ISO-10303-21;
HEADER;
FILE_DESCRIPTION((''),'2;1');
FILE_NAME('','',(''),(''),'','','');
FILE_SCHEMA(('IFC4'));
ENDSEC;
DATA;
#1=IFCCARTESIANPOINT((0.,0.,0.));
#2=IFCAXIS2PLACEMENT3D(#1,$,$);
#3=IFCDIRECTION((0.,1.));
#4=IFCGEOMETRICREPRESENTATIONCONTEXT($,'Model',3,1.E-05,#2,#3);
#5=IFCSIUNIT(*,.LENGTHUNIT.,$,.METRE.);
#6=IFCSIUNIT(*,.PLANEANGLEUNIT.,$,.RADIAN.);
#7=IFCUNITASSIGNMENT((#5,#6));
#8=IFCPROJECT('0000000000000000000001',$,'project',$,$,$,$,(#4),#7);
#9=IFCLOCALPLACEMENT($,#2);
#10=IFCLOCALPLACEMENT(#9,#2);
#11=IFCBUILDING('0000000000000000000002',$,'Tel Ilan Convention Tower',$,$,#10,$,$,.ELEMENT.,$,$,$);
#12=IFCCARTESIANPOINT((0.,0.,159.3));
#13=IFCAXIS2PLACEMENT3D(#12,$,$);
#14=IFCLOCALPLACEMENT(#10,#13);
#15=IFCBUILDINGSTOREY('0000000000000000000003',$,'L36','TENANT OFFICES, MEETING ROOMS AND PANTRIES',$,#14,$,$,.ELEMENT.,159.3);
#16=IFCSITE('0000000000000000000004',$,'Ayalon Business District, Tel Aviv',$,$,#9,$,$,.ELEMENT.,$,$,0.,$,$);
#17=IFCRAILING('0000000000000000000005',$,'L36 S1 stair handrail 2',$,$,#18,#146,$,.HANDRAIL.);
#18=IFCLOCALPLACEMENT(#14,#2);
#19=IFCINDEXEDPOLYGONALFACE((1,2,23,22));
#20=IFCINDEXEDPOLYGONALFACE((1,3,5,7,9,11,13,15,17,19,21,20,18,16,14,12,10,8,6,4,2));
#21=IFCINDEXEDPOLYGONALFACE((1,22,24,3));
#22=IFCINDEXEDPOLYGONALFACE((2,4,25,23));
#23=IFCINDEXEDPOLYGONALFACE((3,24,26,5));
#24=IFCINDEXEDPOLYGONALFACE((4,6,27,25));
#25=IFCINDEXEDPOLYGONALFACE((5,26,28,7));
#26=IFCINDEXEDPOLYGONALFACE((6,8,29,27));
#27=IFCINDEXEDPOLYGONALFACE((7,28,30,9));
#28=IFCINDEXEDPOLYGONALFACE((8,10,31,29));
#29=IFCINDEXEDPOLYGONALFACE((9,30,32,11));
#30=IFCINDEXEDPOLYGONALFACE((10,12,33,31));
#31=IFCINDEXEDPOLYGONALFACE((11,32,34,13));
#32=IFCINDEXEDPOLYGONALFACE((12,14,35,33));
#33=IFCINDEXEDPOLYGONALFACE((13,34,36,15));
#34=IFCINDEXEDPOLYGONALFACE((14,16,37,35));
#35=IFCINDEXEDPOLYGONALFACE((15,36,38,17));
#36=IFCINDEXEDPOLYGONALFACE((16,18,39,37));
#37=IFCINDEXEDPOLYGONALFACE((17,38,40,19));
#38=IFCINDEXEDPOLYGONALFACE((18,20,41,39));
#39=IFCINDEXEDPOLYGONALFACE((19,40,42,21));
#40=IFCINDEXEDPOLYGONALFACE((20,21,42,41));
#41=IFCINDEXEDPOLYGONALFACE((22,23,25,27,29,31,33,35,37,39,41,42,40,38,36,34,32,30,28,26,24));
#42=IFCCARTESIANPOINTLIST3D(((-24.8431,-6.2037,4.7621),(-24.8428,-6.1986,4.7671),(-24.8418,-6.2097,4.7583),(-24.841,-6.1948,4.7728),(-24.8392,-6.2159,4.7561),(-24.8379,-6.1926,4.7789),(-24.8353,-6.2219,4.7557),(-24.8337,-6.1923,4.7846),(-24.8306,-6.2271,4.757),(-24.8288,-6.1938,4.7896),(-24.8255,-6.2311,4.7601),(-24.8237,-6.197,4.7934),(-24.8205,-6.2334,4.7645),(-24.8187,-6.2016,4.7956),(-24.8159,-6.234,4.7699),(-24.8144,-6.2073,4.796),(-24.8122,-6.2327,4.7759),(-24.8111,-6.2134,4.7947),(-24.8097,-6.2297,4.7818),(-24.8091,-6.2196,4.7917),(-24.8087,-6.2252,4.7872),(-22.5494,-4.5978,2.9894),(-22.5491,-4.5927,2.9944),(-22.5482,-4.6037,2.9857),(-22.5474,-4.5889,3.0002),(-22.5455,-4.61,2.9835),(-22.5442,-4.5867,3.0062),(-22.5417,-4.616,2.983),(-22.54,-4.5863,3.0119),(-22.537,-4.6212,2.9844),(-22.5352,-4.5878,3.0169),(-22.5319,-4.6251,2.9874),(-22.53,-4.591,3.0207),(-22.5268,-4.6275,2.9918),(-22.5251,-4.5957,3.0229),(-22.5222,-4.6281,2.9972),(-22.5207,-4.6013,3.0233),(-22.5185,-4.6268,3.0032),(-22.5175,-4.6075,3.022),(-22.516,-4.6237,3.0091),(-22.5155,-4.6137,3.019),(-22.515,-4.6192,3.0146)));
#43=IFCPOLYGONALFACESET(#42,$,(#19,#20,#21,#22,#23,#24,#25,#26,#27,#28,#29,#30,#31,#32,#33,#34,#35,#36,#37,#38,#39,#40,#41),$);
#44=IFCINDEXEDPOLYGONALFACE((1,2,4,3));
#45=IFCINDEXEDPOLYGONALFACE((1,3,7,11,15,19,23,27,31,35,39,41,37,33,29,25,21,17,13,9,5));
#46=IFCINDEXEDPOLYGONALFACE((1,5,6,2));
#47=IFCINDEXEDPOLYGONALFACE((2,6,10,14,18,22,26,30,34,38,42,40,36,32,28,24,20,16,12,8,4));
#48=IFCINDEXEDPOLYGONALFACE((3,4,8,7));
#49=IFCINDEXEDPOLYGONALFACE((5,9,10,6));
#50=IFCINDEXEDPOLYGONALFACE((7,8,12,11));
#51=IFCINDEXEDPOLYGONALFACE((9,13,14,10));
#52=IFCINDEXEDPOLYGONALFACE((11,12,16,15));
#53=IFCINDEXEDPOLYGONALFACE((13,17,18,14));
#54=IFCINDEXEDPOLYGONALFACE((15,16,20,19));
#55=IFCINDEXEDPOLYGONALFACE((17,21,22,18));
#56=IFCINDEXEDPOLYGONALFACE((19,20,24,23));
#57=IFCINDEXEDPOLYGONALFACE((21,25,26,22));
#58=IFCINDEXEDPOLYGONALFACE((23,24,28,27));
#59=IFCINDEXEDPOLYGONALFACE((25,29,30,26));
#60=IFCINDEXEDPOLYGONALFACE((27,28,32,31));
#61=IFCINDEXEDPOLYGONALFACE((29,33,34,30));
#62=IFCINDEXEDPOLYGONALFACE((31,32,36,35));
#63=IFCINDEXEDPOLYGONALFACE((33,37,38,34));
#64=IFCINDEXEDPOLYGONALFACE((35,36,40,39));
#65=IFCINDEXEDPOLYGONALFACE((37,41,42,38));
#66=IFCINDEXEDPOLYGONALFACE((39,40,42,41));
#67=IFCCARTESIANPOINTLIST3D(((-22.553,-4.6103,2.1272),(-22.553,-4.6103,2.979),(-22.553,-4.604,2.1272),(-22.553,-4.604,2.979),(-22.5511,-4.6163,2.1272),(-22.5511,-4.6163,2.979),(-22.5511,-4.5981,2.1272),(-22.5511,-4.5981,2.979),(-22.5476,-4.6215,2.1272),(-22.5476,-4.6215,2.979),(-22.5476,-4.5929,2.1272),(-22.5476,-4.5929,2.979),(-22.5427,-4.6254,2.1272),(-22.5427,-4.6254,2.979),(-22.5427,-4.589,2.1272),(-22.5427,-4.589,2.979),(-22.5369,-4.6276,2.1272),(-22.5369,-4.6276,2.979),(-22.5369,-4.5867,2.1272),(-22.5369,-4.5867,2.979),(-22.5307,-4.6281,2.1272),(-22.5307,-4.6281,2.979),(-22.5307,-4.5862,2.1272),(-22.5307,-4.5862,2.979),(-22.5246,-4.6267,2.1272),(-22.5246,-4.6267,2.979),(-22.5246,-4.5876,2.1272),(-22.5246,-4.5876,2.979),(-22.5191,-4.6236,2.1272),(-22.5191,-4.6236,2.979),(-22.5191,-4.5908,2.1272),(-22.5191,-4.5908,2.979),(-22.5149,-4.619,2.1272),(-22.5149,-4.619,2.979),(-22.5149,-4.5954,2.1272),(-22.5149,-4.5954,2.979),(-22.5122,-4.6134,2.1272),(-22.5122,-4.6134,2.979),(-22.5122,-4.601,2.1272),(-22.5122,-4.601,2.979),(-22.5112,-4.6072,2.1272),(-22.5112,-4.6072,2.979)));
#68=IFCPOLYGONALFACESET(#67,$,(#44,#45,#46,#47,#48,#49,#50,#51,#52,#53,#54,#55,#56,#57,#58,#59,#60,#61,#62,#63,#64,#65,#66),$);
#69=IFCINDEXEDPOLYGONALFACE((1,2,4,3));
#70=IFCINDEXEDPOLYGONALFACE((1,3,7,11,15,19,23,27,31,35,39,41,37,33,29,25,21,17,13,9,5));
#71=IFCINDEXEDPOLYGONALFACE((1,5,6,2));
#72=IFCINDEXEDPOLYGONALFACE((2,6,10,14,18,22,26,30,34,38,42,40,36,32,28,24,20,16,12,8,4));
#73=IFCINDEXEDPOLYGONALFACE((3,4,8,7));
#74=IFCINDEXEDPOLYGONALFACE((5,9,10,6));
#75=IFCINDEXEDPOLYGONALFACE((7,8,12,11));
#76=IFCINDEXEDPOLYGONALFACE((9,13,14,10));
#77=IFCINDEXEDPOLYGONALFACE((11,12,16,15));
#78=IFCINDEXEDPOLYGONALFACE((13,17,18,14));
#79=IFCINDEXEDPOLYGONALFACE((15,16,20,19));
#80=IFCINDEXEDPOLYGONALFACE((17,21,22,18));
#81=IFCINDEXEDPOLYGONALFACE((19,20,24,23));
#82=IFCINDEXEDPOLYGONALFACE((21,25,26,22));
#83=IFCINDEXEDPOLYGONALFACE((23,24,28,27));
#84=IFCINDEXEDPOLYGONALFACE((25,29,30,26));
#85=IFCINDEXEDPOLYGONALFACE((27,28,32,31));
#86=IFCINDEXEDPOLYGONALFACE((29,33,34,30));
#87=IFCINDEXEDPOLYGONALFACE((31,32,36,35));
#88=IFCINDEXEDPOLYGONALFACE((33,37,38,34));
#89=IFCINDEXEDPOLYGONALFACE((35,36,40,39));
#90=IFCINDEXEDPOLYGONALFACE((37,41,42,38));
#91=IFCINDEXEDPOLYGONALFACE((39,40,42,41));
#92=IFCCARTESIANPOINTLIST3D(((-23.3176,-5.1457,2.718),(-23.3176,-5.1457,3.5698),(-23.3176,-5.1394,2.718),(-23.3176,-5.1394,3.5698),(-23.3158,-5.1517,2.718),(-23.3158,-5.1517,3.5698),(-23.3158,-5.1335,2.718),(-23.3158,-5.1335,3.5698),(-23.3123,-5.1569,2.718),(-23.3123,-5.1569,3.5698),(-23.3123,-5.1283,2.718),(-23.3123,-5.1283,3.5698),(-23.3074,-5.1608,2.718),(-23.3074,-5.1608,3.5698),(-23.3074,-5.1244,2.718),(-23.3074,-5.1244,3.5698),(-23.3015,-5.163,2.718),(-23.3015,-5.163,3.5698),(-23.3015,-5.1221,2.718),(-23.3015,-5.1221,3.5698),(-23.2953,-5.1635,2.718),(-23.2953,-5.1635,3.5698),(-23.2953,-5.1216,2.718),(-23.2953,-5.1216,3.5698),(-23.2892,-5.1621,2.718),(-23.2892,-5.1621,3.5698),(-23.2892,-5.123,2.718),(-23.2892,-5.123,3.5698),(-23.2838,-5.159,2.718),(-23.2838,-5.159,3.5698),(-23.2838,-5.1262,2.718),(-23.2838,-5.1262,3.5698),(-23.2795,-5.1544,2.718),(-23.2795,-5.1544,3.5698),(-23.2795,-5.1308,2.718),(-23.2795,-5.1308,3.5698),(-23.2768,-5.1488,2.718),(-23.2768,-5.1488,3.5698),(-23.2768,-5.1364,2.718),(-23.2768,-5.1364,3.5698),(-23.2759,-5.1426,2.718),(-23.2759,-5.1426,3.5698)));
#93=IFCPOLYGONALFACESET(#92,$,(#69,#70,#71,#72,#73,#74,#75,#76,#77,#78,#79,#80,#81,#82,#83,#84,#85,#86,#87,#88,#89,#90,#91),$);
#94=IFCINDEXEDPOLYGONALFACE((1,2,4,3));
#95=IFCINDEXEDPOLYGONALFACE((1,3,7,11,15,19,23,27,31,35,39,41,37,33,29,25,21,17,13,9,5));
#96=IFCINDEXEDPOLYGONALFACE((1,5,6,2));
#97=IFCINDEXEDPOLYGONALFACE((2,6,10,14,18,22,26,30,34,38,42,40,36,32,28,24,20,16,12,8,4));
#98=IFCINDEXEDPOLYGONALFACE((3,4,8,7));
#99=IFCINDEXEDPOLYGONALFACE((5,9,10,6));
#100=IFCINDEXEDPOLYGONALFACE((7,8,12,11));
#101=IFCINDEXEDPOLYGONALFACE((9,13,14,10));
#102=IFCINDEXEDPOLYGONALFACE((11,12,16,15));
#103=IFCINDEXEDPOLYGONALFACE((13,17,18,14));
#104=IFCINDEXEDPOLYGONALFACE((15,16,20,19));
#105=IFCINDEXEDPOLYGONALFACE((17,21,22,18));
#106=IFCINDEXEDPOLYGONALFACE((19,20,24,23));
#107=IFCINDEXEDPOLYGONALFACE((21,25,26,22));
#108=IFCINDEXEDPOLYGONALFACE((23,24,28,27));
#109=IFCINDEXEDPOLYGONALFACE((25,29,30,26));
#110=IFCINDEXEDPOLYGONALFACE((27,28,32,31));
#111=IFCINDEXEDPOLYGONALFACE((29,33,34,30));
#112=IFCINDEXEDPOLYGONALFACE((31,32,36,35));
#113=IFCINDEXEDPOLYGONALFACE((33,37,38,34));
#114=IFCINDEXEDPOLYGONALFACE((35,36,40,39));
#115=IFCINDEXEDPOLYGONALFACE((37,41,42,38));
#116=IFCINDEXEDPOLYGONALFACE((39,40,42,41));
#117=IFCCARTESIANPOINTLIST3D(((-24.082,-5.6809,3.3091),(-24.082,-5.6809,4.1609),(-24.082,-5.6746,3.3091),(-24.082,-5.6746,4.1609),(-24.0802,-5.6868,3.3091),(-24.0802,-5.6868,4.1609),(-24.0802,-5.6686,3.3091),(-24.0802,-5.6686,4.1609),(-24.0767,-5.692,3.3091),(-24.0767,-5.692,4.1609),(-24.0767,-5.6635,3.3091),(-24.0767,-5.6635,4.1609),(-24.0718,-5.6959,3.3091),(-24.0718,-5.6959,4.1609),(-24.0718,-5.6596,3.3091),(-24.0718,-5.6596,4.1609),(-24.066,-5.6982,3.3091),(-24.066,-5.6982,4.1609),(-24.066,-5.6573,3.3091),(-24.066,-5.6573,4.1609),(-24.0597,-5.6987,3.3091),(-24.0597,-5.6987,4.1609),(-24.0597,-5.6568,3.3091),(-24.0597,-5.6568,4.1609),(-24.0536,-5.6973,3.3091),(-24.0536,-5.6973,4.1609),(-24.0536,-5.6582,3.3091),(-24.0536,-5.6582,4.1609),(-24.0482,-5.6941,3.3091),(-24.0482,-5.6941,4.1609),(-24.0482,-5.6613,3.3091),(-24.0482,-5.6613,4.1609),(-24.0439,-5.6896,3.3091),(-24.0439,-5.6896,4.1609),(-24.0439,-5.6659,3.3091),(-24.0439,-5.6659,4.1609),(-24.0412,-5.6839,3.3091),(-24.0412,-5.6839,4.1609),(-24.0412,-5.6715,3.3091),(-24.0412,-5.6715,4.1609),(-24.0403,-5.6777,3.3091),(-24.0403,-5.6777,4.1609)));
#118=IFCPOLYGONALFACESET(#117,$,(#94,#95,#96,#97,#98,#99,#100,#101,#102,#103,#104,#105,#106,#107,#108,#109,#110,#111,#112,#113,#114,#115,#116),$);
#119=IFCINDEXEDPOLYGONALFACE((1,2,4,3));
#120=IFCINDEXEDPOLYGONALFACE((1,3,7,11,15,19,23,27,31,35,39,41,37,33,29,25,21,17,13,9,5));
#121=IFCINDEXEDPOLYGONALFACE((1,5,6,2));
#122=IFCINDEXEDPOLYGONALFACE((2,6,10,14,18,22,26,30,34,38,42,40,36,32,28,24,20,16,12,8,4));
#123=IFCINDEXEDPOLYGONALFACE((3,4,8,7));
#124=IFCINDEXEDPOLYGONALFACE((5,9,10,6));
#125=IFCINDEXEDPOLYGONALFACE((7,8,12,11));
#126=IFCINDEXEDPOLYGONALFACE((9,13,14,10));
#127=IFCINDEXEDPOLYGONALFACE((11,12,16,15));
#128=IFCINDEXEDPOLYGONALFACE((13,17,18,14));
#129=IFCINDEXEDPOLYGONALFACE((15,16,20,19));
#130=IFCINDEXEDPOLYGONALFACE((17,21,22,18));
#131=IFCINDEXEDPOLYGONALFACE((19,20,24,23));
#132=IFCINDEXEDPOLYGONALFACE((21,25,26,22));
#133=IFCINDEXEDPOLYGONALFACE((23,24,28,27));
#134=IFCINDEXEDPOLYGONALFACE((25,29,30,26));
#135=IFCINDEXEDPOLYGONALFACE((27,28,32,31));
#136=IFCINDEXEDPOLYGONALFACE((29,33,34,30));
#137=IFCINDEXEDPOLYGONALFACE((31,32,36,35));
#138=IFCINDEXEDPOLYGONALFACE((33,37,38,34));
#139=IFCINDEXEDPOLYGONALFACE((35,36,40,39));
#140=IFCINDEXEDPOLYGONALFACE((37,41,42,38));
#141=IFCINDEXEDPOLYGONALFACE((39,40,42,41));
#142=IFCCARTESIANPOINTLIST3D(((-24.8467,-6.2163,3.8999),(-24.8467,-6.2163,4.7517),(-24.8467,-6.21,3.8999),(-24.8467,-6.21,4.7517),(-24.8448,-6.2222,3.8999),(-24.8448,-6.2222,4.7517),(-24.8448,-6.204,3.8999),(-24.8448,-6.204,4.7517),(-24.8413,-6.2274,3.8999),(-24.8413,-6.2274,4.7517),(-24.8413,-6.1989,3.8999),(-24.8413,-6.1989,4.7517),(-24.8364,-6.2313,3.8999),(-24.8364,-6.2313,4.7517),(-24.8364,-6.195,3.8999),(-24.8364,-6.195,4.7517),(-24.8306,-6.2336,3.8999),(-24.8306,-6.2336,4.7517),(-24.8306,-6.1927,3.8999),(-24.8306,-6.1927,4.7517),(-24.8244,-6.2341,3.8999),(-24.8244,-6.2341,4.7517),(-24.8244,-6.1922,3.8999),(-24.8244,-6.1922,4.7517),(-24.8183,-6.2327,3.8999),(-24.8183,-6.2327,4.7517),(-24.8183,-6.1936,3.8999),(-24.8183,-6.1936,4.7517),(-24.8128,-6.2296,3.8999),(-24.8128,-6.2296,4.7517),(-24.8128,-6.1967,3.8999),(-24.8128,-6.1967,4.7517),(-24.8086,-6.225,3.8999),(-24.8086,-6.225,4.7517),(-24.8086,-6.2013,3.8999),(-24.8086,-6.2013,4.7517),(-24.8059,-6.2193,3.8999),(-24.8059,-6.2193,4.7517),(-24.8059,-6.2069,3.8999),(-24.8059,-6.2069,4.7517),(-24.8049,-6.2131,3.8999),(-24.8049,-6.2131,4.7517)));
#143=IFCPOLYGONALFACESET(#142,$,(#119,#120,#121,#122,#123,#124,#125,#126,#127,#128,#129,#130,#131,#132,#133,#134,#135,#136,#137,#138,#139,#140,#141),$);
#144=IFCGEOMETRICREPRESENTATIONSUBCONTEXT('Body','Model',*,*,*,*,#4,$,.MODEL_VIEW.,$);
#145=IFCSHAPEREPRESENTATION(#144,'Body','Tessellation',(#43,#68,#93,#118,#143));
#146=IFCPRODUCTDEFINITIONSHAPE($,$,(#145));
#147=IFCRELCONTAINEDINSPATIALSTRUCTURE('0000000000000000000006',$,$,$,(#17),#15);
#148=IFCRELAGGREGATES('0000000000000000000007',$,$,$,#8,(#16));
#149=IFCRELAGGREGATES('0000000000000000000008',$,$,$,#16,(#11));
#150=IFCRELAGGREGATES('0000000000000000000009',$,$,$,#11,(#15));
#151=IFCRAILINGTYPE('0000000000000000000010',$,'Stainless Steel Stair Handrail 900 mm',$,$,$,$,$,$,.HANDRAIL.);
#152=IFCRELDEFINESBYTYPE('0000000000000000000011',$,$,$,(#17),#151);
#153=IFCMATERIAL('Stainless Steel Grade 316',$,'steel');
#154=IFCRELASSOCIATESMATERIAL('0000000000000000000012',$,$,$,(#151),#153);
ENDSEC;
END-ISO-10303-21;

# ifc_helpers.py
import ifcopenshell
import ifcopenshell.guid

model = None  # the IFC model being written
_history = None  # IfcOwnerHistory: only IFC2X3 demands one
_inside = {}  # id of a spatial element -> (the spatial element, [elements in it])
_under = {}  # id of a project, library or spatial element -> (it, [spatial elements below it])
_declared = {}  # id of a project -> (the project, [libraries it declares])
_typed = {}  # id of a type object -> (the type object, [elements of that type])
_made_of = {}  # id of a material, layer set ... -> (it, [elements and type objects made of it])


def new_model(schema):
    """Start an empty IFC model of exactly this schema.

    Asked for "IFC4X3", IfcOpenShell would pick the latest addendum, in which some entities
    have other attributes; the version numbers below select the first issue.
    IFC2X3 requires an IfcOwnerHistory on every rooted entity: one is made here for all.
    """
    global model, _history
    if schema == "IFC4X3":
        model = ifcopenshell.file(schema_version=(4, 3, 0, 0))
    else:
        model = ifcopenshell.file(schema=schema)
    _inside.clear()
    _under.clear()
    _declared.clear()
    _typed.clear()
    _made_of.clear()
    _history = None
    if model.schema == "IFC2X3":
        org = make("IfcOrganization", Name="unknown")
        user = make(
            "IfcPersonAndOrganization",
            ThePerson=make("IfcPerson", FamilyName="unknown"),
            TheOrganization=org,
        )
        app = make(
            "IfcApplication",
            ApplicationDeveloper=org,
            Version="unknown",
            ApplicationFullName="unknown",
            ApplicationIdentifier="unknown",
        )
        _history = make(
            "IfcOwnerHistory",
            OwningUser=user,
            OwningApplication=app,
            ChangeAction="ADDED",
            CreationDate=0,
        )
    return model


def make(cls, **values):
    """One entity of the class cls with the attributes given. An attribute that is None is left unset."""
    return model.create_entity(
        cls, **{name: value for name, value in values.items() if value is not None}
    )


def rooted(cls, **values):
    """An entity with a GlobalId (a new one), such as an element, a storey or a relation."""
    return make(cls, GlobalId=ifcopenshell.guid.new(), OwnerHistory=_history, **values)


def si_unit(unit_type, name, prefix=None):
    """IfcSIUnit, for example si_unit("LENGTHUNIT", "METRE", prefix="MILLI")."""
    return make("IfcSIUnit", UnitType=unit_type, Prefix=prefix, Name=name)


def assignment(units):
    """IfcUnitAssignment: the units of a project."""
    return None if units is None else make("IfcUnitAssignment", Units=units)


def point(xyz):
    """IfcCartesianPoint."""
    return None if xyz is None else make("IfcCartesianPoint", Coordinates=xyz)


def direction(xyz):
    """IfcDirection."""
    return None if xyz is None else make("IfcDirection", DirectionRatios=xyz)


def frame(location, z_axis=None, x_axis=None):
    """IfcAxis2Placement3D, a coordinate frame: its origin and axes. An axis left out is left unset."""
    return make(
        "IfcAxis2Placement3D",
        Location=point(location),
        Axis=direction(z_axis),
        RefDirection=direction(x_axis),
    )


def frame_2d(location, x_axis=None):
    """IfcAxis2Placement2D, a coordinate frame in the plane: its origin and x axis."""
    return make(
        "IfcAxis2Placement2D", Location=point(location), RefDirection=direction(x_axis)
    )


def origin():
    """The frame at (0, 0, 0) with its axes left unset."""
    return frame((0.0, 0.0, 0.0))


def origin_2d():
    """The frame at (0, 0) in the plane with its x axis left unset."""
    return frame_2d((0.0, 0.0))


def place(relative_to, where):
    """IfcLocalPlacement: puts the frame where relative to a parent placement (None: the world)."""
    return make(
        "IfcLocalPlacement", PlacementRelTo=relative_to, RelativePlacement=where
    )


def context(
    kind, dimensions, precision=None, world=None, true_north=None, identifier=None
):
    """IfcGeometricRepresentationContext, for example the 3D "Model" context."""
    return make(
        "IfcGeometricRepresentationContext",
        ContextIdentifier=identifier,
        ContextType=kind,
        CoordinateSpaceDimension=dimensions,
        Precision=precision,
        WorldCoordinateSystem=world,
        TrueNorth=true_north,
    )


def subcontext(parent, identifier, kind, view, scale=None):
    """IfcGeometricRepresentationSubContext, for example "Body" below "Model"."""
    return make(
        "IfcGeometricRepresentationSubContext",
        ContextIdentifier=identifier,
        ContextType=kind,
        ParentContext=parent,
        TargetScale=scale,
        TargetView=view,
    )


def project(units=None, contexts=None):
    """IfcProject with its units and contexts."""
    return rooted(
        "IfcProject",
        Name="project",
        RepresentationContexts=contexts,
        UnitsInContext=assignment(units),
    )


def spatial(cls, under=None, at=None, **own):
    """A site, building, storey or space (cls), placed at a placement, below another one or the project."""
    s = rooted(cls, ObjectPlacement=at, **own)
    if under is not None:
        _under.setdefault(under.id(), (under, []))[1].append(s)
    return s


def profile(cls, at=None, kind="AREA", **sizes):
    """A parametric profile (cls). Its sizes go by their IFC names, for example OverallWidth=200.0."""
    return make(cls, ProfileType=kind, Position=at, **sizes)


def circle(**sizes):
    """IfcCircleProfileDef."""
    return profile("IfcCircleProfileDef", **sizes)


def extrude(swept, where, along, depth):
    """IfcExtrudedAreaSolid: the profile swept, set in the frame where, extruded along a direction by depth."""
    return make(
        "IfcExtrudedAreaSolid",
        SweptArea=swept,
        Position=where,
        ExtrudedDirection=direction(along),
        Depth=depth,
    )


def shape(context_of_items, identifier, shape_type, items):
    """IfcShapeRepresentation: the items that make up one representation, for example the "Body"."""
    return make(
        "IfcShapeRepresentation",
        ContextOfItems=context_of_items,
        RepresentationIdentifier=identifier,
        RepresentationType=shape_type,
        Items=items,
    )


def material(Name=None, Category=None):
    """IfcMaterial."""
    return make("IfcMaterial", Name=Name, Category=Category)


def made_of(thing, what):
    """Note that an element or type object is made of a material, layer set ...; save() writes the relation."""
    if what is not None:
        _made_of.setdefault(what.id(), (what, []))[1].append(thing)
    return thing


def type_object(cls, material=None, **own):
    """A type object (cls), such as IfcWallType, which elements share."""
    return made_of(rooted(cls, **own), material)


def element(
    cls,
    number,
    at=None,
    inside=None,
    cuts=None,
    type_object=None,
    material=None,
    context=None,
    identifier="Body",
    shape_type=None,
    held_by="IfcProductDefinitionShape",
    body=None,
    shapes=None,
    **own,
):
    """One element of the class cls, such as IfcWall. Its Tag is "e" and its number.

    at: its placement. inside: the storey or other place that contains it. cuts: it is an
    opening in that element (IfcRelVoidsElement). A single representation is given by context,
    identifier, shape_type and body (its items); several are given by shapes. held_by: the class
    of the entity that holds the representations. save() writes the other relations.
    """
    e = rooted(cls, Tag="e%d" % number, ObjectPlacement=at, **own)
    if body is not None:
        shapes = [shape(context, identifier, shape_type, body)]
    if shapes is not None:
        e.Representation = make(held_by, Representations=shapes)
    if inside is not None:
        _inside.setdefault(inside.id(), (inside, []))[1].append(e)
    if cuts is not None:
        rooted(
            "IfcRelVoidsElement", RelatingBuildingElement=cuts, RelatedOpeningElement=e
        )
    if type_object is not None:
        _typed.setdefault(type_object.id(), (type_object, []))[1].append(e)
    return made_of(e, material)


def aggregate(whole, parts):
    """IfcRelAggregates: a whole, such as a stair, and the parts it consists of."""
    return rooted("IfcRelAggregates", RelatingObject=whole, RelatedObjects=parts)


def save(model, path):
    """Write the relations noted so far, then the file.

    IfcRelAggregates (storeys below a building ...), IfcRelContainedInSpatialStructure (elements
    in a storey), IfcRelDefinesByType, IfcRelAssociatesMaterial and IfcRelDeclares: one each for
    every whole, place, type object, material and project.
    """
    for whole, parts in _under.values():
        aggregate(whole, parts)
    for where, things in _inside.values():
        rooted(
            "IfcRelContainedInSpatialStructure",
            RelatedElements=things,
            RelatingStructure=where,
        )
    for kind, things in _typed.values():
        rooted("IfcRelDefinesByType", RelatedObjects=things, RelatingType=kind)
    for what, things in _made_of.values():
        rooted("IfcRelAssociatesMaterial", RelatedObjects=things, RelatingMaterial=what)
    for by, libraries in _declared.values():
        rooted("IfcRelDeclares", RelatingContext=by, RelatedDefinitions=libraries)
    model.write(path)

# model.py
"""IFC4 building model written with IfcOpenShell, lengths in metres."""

from ifc_helpers import new_model, si_unit, direction, frame, origin, origin_2d, place, context, subcontext, project, spatial, circle, extrude, material, type_object, element, save


model = new_model("IFC4")

# Units and contexts
model_context = context("Model", 3, precision=1e-05, world=origin(), true_north=direction((0.0, 1.0)))
body_context = subcontext(model_context, "Body", "Model", "MODEL_VIEW")
ifc_project = project(units=[si_unit("LENGTHUNIT", "METRE"), si_unit("PLANEANGLEUNIT", "RADIAN")], contexts=[model_context])

# Site, building, storey
site_placement = place(None, origin())
site = spatial("IfcSite", under=ifc_project, at=site_placement, Name="Ayalon Business District, Tel Aviv", CompositionType="ELEMENT", RefElevation=0.0)
building_placement = place(site_placement, origin())
building = spatial("IfcBuilding", under=site, at=building_placement, Name="Tel Ilan Convention Tower", CompositionType="ELEMENT")
storey_placement = place(building_placement, frame((0.0, 0.0, 159.3)))
storey = spatial("IfcBuildingStorey", under=building, at=storey_placement, Name="L36", Description="TENANT OFFICES, MEETING ROOMS AND PANTRIES", CompositionType="ELEMENT", Elevation=159.3)

# Railing
ifc_material_1 = material(Name="Stainless Steel Grade 316", Category="steel")
railing_type_1 = type_object("IfcRailingType", Name="Stainless Steel Stair Handrail 900 mm", PredefinedType="HANDRAIL", material=ifc_material_1)
railing_1_placement = place(storey_placement, frame((-22.5322, -4.6072, 2.1272)))
element("IfcRailing", 1, at=railing_1_placement, inside=storey, type_object=railing_type_1, Name="L36 S1 stair handrail 2", PredefinedType="HANDRAIL", context=body_context, shape_type="SweptSolid", body=[
    extrude(circle(Radius=0.0239, at=origin_2d()), frame((0.0, 0.0, 0.876), z_axis=(-0.692123, -0.484597, 0.534913), x_axis=(0.57355, -0.81917, 0.0)), (0.0, 0.0, 1.0), 3.314),
    extrude(circle(Radius=0.021, at=origin_2d()), origin(), (0.0, 0.0, 1.0), 0.8518),
    extrude(circle(Radius=0.021, at=origin_2d()), frame((-0.7646, -0.5354, 0.5908)), (0.0, 0.0, 1.0), 0.8518),
    extrude(circle(Radius=0.021, at=origin_2d()), frame((-1.5291, -1.0706, 1.1819)), (0.0, 0.0, 1.0), 0.8518),
    extrude(circle(Radius=0.021, at=origin_2d()), frame((-2.2937, -1.606, 1.7727)), (0.0, 0.0, 1.0), 0.8518),
])

save(model, "model.ifc")
